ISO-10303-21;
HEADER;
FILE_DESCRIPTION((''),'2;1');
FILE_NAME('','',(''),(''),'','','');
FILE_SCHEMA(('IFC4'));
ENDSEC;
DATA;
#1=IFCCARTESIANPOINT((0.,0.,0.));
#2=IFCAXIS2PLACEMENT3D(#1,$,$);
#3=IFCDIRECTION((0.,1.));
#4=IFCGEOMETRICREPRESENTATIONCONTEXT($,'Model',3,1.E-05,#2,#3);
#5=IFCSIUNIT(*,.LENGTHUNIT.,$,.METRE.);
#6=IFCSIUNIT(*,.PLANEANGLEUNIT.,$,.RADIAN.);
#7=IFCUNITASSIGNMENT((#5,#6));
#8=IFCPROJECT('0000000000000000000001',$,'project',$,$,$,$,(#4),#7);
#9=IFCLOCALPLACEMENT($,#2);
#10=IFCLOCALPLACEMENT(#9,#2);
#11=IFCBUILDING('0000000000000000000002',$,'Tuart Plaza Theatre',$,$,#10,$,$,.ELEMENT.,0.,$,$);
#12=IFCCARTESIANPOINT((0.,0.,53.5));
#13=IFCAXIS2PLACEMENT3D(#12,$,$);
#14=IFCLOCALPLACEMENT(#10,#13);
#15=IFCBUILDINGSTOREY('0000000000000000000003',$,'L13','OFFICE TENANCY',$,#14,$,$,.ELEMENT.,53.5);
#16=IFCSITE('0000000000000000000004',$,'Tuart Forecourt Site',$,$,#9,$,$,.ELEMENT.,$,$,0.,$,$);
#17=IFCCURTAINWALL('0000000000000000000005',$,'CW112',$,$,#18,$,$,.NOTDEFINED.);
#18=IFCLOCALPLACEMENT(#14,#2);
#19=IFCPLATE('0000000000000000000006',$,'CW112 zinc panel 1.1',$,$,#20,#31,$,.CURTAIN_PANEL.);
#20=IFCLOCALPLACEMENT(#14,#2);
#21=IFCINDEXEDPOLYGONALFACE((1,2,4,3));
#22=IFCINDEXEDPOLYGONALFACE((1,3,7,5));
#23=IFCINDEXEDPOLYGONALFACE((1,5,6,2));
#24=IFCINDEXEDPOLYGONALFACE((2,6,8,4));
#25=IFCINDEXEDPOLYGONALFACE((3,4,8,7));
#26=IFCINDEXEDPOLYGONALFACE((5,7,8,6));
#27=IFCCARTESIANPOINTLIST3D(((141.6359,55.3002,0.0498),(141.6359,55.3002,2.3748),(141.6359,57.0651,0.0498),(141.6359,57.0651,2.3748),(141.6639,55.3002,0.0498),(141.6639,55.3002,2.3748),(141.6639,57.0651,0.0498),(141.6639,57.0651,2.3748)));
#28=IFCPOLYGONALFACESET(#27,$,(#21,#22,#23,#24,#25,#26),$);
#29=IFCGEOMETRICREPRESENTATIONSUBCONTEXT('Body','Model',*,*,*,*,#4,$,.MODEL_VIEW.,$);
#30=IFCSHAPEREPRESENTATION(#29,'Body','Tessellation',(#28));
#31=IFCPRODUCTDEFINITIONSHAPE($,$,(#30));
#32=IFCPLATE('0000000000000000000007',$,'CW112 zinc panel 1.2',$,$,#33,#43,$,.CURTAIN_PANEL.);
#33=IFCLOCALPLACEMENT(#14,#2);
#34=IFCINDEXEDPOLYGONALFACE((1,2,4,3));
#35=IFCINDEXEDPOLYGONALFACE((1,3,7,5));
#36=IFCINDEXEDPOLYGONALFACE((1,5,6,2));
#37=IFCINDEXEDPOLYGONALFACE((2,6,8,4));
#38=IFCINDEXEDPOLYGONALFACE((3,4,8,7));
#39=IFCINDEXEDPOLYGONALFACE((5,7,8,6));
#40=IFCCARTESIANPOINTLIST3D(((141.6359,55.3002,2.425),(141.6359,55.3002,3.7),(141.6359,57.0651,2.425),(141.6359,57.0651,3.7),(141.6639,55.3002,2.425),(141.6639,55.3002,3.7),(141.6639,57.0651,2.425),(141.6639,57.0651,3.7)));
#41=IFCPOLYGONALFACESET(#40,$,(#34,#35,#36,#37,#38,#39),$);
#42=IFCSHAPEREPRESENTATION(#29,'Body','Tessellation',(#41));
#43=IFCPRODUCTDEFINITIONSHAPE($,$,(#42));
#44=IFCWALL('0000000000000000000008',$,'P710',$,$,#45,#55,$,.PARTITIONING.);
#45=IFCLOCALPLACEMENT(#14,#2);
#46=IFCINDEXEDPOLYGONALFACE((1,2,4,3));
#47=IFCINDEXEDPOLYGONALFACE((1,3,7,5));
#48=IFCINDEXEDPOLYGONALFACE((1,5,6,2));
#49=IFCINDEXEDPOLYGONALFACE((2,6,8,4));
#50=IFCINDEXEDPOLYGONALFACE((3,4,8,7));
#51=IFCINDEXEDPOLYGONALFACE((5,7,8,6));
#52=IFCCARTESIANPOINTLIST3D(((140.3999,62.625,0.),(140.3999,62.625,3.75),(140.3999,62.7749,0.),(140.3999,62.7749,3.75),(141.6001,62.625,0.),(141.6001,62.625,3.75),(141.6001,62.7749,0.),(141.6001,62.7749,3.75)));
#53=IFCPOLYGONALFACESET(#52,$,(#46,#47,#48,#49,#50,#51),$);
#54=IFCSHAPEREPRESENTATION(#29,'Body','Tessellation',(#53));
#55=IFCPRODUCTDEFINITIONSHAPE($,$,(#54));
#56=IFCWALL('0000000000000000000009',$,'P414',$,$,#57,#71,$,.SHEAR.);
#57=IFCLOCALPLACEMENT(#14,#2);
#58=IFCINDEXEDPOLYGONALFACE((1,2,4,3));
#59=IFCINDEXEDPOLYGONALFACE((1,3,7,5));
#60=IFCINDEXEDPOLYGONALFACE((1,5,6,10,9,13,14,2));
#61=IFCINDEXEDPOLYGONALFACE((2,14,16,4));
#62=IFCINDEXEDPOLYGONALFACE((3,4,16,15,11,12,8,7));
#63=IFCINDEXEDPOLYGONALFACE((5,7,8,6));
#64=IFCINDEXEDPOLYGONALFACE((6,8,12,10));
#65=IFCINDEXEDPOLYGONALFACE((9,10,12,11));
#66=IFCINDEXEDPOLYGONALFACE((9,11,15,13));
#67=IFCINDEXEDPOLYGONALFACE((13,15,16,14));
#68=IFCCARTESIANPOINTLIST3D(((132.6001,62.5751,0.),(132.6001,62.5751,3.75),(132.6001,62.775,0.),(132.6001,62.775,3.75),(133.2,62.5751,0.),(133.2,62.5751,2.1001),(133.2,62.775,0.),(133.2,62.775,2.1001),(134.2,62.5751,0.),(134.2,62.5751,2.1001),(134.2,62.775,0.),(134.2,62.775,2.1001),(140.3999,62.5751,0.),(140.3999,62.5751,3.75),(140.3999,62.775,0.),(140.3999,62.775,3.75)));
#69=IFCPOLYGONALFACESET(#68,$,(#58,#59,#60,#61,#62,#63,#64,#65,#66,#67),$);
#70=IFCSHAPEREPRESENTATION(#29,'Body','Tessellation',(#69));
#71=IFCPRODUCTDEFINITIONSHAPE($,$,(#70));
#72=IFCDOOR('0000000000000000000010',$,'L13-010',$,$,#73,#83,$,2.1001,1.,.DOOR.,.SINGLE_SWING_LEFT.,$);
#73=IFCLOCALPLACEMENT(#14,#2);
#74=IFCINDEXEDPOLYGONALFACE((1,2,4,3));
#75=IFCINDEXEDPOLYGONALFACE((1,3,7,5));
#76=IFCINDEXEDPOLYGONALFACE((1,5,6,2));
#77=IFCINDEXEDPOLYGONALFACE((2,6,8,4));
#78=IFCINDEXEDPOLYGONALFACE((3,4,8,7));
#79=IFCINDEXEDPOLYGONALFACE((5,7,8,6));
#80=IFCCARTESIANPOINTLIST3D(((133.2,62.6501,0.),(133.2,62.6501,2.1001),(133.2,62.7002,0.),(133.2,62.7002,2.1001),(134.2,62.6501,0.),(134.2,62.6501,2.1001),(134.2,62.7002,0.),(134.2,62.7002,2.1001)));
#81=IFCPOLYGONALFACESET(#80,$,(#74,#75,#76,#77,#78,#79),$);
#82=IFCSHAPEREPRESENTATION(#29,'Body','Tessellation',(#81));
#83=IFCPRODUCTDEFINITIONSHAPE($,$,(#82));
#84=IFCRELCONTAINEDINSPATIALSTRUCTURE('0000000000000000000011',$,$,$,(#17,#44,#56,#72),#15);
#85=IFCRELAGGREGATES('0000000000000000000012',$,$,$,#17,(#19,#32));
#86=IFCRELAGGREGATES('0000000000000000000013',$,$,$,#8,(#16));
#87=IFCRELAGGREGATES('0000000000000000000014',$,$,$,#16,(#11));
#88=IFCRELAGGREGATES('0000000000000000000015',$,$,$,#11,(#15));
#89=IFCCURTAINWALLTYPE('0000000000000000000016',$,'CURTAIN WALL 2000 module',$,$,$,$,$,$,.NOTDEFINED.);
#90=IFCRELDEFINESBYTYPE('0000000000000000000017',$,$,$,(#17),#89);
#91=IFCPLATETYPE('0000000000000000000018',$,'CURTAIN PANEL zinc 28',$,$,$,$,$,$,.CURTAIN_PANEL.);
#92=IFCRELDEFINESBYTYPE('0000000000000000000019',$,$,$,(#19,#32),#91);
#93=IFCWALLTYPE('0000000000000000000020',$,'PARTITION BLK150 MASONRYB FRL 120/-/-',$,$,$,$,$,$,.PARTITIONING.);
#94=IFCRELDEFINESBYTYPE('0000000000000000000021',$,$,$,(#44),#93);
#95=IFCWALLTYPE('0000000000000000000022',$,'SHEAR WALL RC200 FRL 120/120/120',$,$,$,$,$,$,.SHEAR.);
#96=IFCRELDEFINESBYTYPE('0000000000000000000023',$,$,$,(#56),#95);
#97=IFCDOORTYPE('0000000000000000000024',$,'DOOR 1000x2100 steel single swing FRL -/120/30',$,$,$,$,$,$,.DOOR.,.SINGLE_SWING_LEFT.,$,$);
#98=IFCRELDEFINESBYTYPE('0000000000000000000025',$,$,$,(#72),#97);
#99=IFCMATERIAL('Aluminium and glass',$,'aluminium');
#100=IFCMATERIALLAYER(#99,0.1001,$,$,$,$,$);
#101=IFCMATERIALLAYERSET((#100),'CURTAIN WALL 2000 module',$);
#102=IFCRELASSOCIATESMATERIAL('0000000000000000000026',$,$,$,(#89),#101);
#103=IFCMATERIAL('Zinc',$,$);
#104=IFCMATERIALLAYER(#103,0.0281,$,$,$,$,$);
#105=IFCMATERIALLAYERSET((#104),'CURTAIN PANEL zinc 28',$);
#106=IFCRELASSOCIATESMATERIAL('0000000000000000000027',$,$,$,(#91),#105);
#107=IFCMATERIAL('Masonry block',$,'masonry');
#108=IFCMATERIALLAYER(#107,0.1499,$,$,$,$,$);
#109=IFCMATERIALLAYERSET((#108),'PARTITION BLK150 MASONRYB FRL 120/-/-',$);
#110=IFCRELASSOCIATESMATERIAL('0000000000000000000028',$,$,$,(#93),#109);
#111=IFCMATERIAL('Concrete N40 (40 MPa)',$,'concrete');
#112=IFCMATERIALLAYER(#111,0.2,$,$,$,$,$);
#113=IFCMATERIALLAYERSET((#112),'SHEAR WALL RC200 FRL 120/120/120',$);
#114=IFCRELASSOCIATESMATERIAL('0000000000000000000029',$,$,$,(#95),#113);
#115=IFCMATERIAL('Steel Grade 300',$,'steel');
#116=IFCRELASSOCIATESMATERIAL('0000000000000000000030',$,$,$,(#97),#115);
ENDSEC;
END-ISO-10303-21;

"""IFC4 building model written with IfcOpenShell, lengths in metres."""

from ifc_helpers import new_model, si_unit, direction, frame, frame_2d, origin, origin_2d, place, context, subcontext, project, spatial, rectangle, extrude, material, layer, layer_set, type_object, element, fill, aggregate, save


model = new_model("IFC4")

# Units and contexts
model_context = context("Model", 3, precision=1e-05, world=origin(), true_north=direction((0.0, 1.0)))
body_context = subcontext(model_context, "Body", "Model", "MODEL_VIEW")
ifc_project = project(units=[si_unit("LENGTHUNIT", "METRE"), si_unit("PLANEANGLEUNIT", "RADIAN")], contexts=[model_context])

# Site, building, storey
site_placement = place(None, origin())
site = spatial("IfcSite", under=ifc_project, at=site_placement, Name="Tuart Forecourt Site", CompositionType="ELEMENT", RefElevation=0.0)
building_placement = place(site_placement, origin())
building = spatial("IfcBuilding", under=site, at=building_placement, Name="Tuart Plaza Theatre", CompositionType="ELEMENT", ElevationOfRefHeight=0.0)
storey_placement = place(building_placement, frame((0.0, 0.0, 53.5)))
storey = spatial("IfcBuildingStorey", under=building, at=storey_placement, Name="L13", Description="OFFICE TENANCY", CompositionType="ELEMENT", Elevation=53.5)

# Curtain wall
ifc_material_1 = material(Name="Aluminium and glass", Category="aluminium")
ifc_layer_1 = layer(ifc_material_1, 0.1001)
ifc_layer_set_1 = layer_set([ifc_layer_1], Name="CURTAIN WALL 2000 module")
curtain_wall_type = type_object("IfcCurtainWallType", Name="CURTAIN WALL 2000 module", PredefinedType="NOTDEFINED", material=ifc_layer_set_1)
curtain_wall_1_placement = place(storey_placement, origin())
curtain_wall_1 = element("IfcCurtainWall", 1, at=curtain_wall_1_placement, inside=storey, type_object=curtain_wall_type, Name="CW112", PredefinedType="NOTDEFINED")

# Plates
ifc_material_2 = material(Name="Zinc")
ifc_layer_2 = layer(ifc_material_2, 0.0281)
ifc_layer_set_2 = layer_set([ifc_layer_2], Name="CURTAIN PANEL zinc 28")
plate_type_1 = type_object("IfcPlateType", Name="CURTAIN PANEL zinc 28", PredefinedType="CURTAIN_PANEL", material=ifc_layer_set_2)
plate_1_placement = place(storey_placement, frame((141.6499, 56.1826, 0.0498), z_axis=(0.0, 0.0, 1.0), x_axis=(0.0, 1.0, 0.0)))
plate_1 = element("IfcPlate", 2, at=plate_1_placement, type_object=plate_type_1, Name="CW112 zinc panel 1.1", PredefinedType="CURTAIN_PANEL", context=body_context, shape_type="SweptSolid", body=[
    extrude(rectangle(XDim=1.7649, YDim=0.0281, at=origin_2d()), origin(), (0.0, 0.0, 1.0), 2.325),
])
plate_2_placement = place(storey_placement, frame((141.6499, 56.1826, 2.425), z_axis=(0.0, 0.0, 1.0), x_axis=(0.0, 1.0, 0.0)))
plate_2 = element("IfcPlate", 3, at=plate_2_placement, type_object=plate_type_1, Name="CW112 zinc panel 1.2", PredefinedType="CURTAIN_PANEL", context=body_context, shape_type="SweptSolid", body=[
    extrude(rectangle(XDim=1.7649, YDim=0.0281, at=origin_2d()), origin(), (0.0, 0.0, 1.0), 1.2749),
])
aggregate(curtain_wall_1, [plate_1, plate_2])

# Wall
ifc_material_3 = material(Name="Masonry block", Category="masonry")
ifc_layer_3 = layer(ifc_material_3, 0.1499)
ifc_layer_set_3 = layer_set([ifc_layer_3], Name="PARTITION BLK150 MASONRYB FRL 120/-/-")
wall_type_1 = type_object("IfcWallType", Name="PARTITION BLK150 MASONRYB FRL 120/-/-", PredefinedType="PARTITIONING", material=ifc_layer_set_3)
wall_1_placement = place(storey_placement, frame((141.6001, 62.7, 0.0), z_axis=(0.0, 0.0, 1.0), x_axis=(-1.0, 0.0, 0.0)))
element("IfcWall", 4, at=wall_1_placement, inside=storey, type_object=wall_type_1, Name="P710", PredefinedType="PARTITIONING", context=body_context, shape_type="SweptSolid", body=[
    extrude(rectangle(XDim=1.2002, YDim=0.1499, at=frame_2d((0.6001, 0.0))), origin(), (0.0, 0.0, 1.0), 3.75),
])

# Wall, opening, door
ifc_material_4 = material(Name="Concrete N40 (40 MPa)", Category="concrete")
ifc_layer_4 = layer(ifc_material_4, 0.2)
ifc_layer_set_4 = layer_set([ifc_layer_4], Name="SHEAR WALL RC200 FRL 120/120/120")
wall_type_2 = type_object("IfcWallType", Name="SHEAR WALL RC200 FRL 120/120/120", PredefinedType="SHEAR", material=ifc_layer_set_4)
wall_2_placement = place(storey_placement, frame((140.3999, 62.675, 0.0), z_axis=(0.0, 0.0, 1.0), x_axis=(-1.0, 0.0, 0.0)))
wall_2 = element("IfcWall", 5, at=wall_2_placement, inside=storey, type_object=wall_type_2, Name="P414", PredefinedType="SHEAR", context=body_context, shape_type="SweptSolid", body=[
    extrude(rectangle(XDim=7.7998, YDim=0.2, at=frame_2d((3.8999, 0.0))), origin(), (0.0, 0.0, 1.0), 3.75),
])
opening_placement = place(wall_2_placement, frame((6.2, 0.0, 0.0)))
opening = element("IfcOpeningElement", 6, at=opening_placement, cuts=wall_2, PredefinedType="OPENING", context=body_context, shape_type="SweptSolid", body=[
    extrude(rectangle(XDim=1.0, YDim=2.1001, at=frame_2d((0.5, 1.05))), frame((0.0, 0.1099, 0.0), z_axis=(0.0, -1.0, 0.0), x_axis=(1.0, 0.0, 0.0)), (0.0, 0.0, 1.0), 0.22),
])
ifc_material_5 = material(Name="Steel Grade 300", Category="steel")
door_type = type_object("IfcDoorType", Name="DOOR 1000x2100 steel single swing FRL -/120/30", OperationType="SINGLE_SWING_LEFT", PredefinedType="DOOR", material=ifc_material_5)
door_placement = place(opening_placement, origin())
door = element("IfcDoor", 7, at=door_placement, inside=storey, type_object=door_type, Name="L13-010", OperationType="SINGLE_SWING_LEFT", OverallHeight=2.1001, OverallWidth=1.0, PredefinedType="DOOR", context=body_context, shape_type="SweptSolid", body=[
    extrude(rectangle(XDim=1.0, YDim=2.1001, at=frame_2d((0.5, 1.05))), frame((0.0, 0.0249, 0.0), z_axis=(0.0, -1.0, 0.0), x_axis=(1.0, 0.0, 0.0)), (0.0, 0.0, 1.0), 0.05),
])
fill(opening, door)

save(model, "model.ifc")
